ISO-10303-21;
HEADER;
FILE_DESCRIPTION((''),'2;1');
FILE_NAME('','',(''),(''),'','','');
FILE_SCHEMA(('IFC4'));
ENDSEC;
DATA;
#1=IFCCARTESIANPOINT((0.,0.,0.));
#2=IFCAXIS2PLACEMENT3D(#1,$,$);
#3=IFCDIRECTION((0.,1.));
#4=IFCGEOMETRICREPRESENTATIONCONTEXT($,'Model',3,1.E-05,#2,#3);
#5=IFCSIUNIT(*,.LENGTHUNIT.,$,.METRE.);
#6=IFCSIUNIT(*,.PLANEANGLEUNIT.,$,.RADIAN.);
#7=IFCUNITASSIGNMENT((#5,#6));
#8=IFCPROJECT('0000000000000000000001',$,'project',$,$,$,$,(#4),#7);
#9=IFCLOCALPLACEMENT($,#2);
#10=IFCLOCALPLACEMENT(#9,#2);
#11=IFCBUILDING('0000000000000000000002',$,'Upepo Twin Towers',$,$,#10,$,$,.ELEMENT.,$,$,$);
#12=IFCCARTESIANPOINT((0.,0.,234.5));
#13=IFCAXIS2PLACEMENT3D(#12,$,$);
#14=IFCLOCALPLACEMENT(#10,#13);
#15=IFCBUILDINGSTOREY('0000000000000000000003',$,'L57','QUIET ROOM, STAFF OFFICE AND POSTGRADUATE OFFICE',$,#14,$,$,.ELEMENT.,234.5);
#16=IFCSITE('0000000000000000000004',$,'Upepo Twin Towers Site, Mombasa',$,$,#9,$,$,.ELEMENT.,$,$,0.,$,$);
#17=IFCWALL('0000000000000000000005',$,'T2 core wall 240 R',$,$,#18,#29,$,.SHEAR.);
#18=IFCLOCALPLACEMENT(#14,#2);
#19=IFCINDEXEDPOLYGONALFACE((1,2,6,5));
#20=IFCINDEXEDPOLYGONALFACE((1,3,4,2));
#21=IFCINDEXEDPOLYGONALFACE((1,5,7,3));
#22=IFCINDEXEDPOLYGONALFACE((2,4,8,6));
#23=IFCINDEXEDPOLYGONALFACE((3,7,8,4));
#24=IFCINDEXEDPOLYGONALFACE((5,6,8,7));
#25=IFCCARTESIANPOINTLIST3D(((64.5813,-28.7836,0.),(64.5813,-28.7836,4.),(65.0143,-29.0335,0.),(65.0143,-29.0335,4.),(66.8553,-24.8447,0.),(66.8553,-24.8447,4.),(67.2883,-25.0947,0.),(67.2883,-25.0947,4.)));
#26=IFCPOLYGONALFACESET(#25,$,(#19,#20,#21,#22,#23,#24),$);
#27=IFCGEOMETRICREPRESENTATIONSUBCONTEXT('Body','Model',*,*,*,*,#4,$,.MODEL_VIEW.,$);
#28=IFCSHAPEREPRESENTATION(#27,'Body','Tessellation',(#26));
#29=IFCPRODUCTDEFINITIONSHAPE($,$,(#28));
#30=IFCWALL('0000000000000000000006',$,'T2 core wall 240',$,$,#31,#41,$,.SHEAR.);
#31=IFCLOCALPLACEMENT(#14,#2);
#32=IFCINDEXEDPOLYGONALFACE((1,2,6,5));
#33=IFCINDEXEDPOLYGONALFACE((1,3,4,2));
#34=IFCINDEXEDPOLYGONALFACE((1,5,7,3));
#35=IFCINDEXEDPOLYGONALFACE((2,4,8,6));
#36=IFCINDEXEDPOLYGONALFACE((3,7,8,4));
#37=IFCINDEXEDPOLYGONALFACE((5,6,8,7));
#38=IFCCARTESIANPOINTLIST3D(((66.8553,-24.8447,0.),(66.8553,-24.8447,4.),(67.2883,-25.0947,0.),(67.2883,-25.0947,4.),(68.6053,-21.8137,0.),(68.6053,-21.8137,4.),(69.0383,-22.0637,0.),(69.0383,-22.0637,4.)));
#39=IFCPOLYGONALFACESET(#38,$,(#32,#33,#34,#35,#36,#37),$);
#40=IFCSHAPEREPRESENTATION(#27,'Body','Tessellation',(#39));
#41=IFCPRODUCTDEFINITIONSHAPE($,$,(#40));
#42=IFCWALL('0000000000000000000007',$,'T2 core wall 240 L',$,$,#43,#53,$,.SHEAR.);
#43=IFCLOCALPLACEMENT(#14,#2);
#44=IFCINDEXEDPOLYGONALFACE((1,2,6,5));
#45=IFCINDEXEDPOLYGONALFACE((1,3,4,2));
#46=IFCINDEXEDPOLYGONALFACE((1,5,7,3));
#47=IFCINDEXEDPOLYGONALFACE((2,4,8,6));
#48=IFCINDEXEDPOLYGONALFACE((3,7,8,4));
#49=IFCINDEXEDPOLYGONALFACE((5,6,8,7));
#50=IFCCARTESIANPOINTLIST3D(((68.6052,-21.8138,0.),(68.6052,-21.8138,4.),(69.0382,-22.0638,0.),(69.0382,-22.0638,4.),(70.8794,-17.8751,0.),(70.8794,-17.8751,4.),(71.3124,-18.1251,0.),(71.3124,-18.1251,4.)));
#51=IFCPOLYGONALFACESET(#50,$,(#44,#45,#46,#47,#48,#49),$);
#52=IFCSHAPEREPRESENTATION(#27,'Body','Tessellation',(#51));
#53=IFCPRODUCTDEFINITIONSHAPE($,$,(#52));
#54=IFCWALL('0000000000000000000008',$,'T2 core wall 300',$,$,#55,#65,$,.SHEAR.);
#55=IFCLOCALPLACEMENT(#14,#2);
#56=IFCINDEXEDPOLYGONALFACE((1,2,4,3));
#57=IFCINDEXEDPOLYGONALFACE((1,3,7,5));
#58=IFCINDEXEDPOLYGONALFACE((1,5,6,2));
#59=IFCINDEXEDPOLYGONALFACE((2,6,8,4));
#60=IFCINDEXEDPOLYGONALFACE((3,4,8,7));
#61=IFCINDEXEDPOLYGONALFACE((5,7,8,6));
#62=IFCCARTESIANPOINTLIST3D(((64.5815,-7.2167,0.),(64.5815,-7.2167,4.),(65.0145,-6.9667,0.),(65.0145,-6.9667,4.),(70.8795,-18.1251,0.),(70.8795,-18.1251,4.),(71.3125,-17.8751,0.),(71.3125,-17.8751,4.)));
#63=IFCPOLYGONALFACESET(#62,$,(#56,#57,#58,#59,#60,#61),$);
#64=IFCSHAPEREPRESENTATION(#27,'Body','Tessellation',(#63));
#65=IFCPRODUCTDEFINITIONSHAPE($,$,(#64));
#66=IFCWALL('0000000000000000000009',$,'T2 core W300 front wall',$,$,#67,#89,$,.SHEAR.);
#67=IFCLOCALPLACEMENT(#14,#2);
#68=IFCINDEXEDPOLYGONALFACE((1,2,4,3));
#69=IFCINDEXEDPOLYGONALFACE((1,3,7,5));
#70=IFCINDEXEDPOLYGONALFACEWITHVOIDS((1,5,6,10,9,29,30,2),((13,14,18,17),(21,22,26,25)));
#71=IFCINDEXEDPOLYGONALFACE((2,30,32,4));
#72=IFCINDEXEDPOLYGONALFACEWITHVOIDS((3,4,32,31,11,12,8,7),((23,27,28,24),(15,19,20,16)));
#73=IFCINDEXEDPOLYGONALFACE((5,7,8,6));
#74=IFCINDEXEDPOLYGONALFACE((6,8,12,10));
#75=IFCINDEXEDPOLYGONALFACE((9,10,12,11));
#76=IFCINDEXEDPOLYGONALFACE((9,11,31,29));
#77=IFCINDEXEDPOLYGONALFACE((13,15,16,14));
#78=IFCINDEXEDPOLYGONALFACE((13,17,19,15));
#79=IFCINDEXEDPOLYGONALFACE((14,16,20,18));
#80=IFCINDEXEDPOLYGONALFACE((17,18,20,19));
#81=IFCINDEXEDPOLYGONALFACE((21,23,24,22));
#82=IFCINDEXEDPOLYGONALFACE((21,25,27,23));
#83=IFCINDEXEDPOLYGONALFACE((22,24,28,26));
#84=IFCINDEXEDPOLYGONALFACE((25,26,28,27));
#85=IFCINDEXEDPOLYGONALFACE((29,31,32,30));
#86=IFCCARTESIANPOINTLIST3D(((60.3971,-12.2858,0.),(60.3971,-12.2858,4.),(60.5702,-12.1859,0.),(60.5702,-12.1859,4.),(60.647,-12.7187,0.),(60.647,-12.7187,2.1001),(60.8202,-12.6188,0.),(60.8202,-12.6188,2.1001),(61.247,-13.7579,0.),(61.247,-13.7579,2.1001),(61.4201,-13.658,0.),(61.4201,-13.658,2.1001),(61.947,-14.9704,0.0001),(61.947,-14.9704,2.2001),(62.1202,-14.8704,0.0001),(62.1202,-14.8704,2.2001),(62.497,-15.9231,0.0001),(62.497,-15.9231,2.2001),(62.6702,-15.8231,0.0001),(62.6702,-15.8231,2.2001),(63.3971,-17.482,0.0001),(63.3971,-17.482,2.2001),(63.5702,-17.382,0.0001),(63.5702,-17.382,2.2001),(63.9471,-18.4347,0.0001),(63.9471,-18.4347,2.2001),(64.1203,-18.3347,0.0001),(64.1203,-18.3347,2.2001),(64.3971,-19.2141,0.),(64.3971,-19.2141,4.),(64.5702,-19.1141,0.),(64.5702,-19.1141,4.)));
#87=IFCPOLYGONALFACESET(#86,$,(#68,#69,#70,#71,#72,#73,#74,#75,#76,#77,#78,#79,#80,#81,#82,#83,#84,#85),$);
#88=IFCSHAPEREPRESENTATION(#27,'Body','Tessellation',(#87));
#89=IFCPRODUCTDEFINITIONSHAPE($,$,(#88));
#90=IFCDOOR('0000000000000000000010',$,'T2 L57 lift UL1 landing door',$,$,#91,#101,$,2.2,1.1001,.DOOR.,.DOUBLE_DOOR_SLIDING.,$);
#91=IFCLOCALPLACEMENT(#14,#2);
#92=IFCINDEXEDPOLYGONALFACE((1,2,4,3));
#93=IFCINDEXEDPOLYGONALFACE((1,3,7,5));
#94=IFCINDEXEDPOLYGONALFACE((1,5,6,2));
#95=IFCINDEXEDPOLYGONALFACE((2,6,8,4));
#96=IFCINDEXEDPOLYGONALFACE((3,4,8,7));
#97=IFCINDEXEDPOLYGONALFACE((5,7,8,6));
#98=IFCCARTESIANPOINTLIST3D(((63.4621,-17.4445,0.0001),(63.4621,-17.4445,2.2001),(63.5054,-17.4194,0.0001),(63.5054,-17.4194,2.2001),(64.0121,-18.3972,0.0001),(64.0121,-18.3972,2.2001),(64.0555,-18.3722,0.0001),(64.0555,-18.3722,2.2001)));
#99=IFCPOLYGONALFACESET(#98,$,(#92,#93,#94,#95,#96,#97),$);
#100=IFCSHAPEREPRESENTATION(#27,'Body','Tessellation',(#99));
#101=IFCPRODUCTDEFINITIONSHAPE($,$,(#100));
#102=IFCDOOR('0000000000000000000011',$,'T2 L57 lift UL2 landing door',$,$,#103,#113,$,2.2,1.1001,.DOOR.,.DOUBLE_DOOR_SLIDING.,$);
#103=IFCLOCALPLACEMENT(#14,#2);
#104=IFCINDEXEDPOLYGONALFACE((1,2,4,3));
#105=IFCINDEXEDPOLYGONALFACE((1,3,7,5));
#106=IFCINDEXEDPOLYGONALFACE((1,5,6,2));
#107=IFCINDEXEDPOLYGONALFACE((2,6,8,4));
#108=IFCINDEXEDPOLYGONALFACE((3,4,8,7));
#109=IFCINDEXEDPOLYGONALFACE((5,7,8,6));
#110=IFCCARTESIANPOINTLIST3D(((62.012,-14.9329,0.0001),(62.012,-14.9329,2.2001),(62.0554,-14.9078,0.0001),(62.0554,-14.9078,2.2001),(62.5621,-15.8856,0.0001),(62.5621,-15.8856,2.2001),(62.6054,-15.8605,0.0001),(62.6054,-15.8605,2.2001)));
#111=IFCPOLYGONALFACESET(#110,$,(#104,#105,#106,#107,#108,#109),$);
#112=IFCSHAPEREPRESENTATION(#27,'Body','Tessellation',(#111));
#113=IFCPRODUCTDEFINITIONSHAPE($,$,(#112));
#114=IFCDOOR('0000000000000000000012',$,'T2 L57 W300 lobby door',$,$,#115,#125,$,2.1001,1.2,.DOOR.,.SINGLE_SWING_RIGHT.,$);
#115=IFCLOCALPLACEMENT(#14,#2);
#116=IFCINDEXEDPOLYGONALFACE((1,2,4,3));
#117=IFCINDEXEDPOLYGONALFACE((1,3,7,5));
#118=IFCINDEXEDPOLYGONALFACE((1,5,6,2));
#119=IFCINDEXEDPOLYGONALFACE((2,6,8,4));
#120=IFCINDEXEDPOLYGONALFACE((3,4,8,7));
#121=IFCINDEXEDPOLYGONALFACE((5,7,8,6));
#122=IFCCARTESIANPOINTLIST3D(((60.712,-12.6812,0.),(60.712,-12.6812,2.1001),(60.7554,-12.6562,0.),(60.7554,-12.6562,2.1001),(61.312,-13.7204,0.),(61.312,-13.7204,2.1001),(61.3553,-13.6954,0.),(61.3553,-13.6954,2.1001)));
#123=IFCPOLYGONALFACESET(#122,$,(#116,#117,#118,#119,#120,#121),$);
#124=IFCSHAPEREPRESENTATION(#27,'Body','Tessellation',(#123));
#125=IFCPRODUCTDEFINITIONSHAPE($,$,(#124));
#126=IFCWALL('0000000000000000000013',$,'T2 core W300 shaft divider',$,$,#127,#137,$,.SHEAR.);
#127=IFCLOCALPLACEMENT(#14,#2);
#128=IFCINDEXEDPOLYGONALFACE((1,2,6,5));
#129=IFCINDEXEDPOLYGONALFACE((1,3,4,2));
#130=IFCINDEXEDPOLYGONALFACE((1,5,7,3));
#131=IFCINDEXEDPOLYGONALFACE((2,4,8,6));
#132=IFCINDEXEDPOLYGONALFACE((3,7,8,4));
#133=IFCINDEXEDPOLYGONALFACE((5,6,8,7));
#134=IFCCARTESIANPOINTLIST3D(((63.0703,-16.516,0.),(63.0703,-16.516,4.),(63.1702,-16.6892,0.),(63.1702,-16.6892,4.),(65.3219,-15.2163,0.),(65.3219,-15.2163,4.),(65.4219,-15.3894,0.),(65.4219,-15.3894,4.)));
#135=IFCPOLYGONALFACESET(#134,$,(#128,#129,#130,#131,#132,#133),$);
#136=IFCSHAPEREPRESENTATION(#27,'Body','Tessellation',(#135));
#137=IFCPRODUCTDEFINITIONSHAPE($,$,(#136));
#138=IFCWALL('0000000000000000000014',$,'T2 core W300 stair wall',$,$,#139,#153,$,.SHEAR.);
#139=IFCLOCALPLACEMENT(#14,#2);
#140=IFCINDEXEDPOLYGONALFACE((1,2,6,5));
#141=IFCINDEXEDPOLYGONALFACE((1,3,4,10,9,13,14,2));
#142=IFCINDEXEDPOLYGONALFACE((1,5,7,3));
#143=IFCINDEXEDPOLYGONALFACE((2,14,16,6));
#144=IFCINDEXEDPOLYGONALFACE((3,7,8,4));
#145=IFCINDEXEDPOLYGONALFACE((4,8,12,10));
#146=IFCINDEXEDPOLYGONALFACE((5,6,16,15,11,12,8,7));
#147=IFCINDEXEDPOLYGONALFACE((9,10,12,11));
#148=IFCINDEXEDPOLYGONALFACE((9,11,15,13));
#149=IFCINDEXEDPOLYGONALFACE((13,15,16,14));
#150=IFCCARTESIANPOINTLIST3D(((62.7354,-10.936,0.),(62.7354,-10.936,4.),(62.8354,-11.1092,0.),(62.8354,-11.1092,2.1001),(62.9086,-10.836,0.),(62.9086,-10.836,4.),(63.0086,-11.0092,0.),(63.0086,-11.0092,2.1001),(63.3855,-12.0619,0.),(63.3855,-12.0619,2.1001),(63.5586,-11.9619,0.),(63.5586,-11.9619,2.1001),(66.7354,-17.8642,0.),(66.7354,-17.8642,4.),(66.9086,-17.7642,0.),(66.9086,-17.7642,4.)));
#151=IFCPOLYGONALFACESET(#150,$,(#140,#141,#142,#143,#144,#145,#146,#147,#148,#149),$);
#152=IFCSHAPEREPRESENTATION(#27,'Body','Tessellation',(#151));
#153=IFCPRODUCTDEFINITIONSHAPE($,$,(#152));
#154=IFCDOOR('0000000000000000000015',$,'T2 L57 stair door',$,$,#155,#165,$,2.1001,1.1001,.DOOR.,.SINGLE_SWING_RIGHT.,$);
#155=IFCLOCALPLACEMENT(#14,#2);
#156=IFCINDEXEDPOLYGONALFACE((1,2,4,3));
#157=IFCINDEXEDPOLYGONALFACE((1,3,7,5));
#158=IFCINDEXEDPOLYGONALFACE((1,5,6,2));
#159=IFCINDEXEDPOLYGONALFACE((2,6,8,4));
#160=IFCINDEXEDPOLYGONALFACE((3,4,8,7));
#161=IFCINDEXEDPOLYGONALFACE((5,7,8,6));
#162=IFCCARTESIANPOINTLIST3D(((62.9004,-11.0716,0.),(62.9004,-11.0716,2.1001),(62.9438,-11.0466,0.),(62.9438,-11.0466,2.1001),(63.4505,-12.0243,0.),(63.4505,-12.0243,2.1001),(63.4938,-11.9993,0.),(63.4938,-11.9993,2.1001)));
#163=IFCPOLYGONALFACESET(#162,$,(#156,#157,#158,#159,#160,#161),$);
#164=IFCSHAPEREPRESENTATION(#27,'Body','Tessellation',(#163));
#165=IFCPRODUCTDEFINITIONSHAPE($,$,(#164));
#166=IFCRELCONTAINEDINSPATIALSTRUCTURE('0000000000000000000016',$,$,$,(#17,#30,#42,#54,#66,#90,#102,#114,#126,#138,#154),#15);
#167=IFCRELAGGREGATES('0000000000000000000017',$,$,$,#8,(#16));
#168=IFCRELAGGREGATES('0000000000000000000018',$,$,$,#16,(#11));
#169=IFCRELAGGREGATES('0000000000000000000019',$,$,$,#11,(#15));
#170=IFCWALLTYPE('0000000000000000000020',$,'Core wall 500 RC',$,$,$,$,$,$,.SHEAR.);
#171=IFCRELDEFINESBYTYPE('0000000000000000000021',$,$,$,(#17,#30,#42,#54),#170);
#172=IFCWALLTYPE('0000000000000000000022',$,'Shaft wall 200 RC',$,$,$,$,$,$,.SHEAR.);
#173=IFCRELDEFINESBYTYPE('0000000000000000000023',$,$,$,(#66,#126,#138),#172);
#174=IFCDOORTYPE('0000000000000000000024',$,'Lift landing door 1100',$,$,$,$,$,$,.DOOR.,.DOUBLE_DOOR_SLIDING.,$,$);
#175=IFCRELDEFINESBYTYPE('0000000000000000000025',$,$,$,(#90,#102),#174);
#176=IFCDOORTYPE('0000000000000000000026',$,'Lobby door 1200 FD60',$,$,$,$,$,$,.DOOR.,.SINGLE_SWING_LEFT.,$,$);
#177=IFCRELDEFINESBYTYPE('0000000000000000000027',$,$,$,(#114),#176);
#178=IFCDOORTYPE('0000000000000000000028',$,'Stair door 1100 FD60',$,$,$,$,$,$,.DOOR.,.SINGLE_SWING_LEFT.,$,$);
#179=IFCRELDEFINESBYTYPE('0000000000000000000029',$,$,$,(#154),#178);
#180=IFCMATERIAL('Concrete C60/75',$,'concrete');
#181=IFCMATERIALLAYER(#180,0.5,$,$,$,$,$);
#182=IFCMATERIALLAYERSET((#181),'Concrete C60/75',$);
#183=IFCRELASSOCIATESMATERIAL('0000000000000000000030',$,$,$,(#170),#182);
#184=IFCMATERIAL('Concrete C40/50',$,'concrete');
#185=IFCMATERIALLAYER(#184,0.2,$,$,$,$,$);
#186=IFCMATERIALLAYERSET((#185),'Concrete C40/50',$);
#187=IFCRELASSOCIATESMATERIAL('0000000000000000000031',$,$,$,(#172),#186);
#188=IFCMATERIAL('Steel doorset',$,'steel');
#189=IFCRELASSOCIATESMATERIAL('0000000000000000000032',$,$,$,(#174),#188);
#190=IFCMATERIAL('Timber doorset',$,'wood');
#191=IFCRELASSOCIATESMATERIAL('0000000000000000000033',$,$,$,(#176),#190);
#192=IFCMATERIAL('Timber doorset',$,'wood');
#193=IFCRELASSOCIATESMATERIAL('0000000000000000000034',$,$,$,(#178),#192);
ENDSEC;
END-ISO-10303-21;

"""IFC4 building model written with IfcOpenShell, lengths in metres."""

from ifc_helpers import new_model, si_unit, direction, frame, frame_2d, origin, place, context, subcontext, project, spatial, rectangle, extrude, material, layer, layer_set, type_object, element, fill, save


model = new_model("IFC4")

# Units and contexts
model_context = context("Model", 3, precision=1e-05, world=origin(), true_north=direction((0.0, 1.0)))
body_context = subcontext(model_context, "Body", "Model", "MODEL_VIEW")
ifc_project = project(units=[si_unit("LENGTHUNIT", "METRE"), si_unit("PLANEANGLEUNIT", "RADIAN")], contexts=[model_context])

# Site, building, storey
site_placement = place(None, origin())
site = spatial("IfcSite", under=ifc_project, at=site_placement, Name="Upepo Twin Towers Site, Mombasa", CompositionType="ELEMENT", RefElevation=0.0)
building_placement = place(site_placement, origin())
building = spatial("IfcBuilding", under=site, at=building_placement, Name="Upepo Twin Towers", CompositionType="ELEMENT")
storey_placement = place(building_placement, frame((0.0, 0.0, 234.5)))
storey = spatial("IfcBuildingStorey", under=building, at=storey_placement, Name="L57", Description="QUIET ROOM, STAFF OFFICE AND POSTGRADUATE OFFICE", CompositionType="ELEMENT", Elevation=234.5)

# Walls
ifc_material_1 = material(Name="Concrete C60/75", Category="concrete")
ifc_layer_1 = layer(ifc_material_1, 0.5)
ifc_layer_set_1 = layer_set([ifc_layer_1], Name="Concrete C60/75")
wall_type_1 = type_object("IfcWallType", Name="Core wall 500 RC", PredefinedType="SHEAR", material=ifc_layer_set_1)
wall_1_placement = place(storey_placement, frame((64.7979, -28.9084, 0.0), z_axis=(0.0, 0.0, 1.0), x_axis=(0.499984, 0.866035, 0.0)))
element("IfcWall", 1, at=wall_1_placement, inside=storey, type_object=wall_type_1, Name="T2 core wall 240 R", PredefinedType="SHEAR", context=body_context, shape_type="SweptSolid", body=[
    extrude(rectangle(XDim=4.5481, YDim=0.5, at=frame_2d((2.2739, 0.0))), origin(), (0.0, 0.0, 1.0), 4.0),
])
wall_2_placement = place(storey_placement, frame((67.0718, -24.9697, 0.0), z_axis=(0.0, 0.0, 1.0), x_axis=(0.50001, 0.866019, 0.0)))
element("IfcWall", 2, at=wall_2_placement, inside=storey, type_object=wall_type_1, Name="T2 core wall 240", PredefinedType="SHEAR", context=body_context, shape_type="SweptSolid", body=[
    extrude(rectangle(XDim=3.5, YDim=0.5, at=frame_2d((1.75, 0.0))), origin(), (0.0, 0.0, 1.0), 4.0),
])
wall_3_placement = place(storey_placement, frame((68.8218, -21.9387, 0.0), z_axis=(0.0, 0.0, 1.0), x_axis=(0.500024, 0.866011, 0.0)))
element("IfcWall", 3, at=wall_3_placement, inside=storey, type_object=wall_type_1, Name="T2 core wall 240 L", PredefinedType="SHEAR", context=body_context, shape_type="SweptSolid", body=[
    extrude(rectangle(XDim=4.5481, YDim=0.5, at=frame_2d((2.2739, 0.0))), origin(), (0.0, 0.0, 1.0), 4.0),
])
wall_4_placement = place(storey_placement, frame((71.0959, -18.0, 0.0), z_axis=(0.0, 0.0, 1.0), x_axis=(-0.500006, 0.866022, 0.0)))
element("IfcWall", 4, at=wall_4_placement, inside=storey, type_object=wall_type_1, Name="T2 core wall 300", PredefinedType="SHEAR", context=body_context, shape_type="SweptSolid", body=[
    extrude(rectangle(XDim=12.5959, YDim=0.5, at=frame_2d((6.2979, 0.0))), origin(), (0.0, 0.0, 1.0), 4.0),
])

# Wall, openings, doors
ifc_material_2 = material(Name="Concrete C40/50", Category="concrete")
ifc_layer_2 = layer(ifc_material_2, 0.2)
ifc_layer_set_2 = layer_set([ifc_layer_2], Name="Concrete C40/50")
wall_type_2 = type_object("IfcWallType", Name="Shaft wall 200 RC", PredefinedType="SHEAR", material=ifc_layer_set_2)
wall_5_placement = place(storey_placement, frame((64.4836, -19.1641, 0.0), z_axis=(0.0, 0.0, 1.0), x_axis=(-0.499999, 0.866026, 0.0)))
wall_5 = element("IfcWall", 5, at=wall_5_placement, inside=storey, type_object=wall_type_2, Name="T2 core W300 front wall", PredefinedType="SHEAR", context=body_context, shape_type="SweptSolid", body=[
    extrude(rectangle(XDim=8.0, YDim=0.2, at=frame_2d((4.0, 0.0))), origin(), (0.0, 0.0, 1.0), 4.0),
])
opening_1_placement = place(wall_5_placement, frame((6.3, 0.0, 0.0)))
opening_1 = element("IfcOpeningElement", 6, at=opening_1_placement, cuts=wall_5, PredefinedType="OPENING", context=body_context, shape_type="SweptSolid", body=[
    extrude(rectangle(XDim=1.2, YDim=2.1001, at=frame_2d((0.6001, 1.05))), frame((0.0, 0.1099, 0.0), z_axis=(0.0, -1.0, 0.0), x_axis=(1.0, 0.0, 0.0)), (0.0, 0.0, 1.0), 0.22),
])
opening_2_placement = place(wall_5_placement, frame((0.8999, 0.0, 0.0)))
opening_2 = element("IfcOpeningElement", 7, at=opening_2_placement, cuts=wall_5, PredefinedType="OPENING", context=body_context, shape_type="SweptSolid", body=[
    extrude(rectangle(XDim=1.1001, YDim=2.2, at=frame_2d((0.55, 1.1001))), frame((0.0, 0.1099, 0.0), z_axis=(0.0, -1.0, 0.0), x_axis=(1.0, 0.0, 0.0)), (0.0, 0.0, 1.0), 0.22),
])
opening_3_placement = place(wall_5_placement, frame((3.8, 0.0, 0.0)))
opening_3 = element("IfcOpeningElement", 8, at=opening_3_placement, cuts=wall_5, PredefinedType="OPENING", context=body_context, shape_type="SweptSolid", body=[
    extrude(rectangle(XDim=1.1001, YDim=2.2, at=frame_2d((0.55, 1.1001))), frame((0.0, 0.1099, 0.0), z_axis=(0.0, -1.0, 0.0), x_axis=(1.0, 0.0, 0.0)), (0.0, 0.0, 1.0), 0.22),
])
ifc_material_3 = material(Name="Steel doorset", Category="steel")
door_type_1 = type_object("IfcDoorType", Name="Lift landing door 1100", OperationType="DOUBLE_DOOR_SLIDING", PredefinedType="DOOR", material=ifc_material_3)
door_1_placement = place(opening_2_placement, origin())
door_1 = element("IfcDoor", 9, at=door_1_placement, inside=storey, type_object=door_type_1, Name="T2 L57 lift UL1 landing door", OperationType="DOUBLE_DOOR_SLIDING", OverallHeight=2.2, OverallWidth=1.1001, PredefinedType="DOOR", context=body_context, shape_type="SweptSolid", body=[
    extrude(rectangle(XDim=1.1001, YDim=2.2, at=frame_2d((0.55, 1.1001))), frame((0.0, 0.0249, 0.0), z_axis=(0.0, -1.0, 0.0), x_axis=(1.0, 0.0, 0.0)), (0.0, 0.0, 1.0), 0.05),
])
fill(opening_2, door_1)
door_2_placement = place(opening_3_placement, origin())
door_2 = element("IfcDoor", 10, at=door_2_placement, inside=storey, type_object=door_type_1, Name="T2 L57 lift UL2 landing door", OperationType="DOUBLE_DOOR_SLIDING", OverallHeight=2.2, OverallWidth=1.1001, PredefinedType="DOOR", context=body_context, shape_type="SweptSolid", body=[
    extrude(rectangle(XDim=1.1001, YDim=2.2, at=frame_2d((0.55, 1.1001))), frame((0.0, 0.0249, 0.0), z_axis=(0.0, -1.0, 0.0), x_axis=(1.0, 0.0, 0.0)), (0.0, 0.0, 1.0), 0.05),
])
fill(opening_3, door_2)
ifc_material_4 = material(Name="Timber doorset", Category="wood")
door_type_2 = type_object("IfcDoorType", Name="Lobby door 1200 FD60", OperationType="SINGLE_SWING_LEFT", PredefinedType="DOOR", material=ifc_material_4)
door_3_placement = place(opening_1_placement, origin())
door_3 = element("IfcDoor", 11, at=door_3_placement, inside=storey, type_object=door_type_2, Name="T2 L57 W300 lobby door", OperationType="SINGLE_SWING_RIGHT", OverallHeight=2.1001, OverallWidth=1.2, PredefinedType="DOOR", context=body_context, shape_type="SweptSolid", body=[
    extrude(rectangle(XDim=1.2, YDim=2.1001, at=frame_2d((0.6001, 1.05))), frame((0.0, 0.0249, 0.0), z_axis=(0.0, -1.0, 0.0), x_axis=(1.0, 0.0, 0.0)), (0.0, 0.0, 1.0), 0.05),
])
fill(opening_1, door_3)

# Wall
wall_6_placement = place(storey_placement, frame((63.1204, -16.6025, 0.0), z_axis=(0.0, 0.0, 1.0), x_axis=(0.866062, 0.499937, 0.0)))
element("IfcWall", 12, at=wall_6_placement, inside=storey, type_object=wall_type_2, Name="T2 core W300 shaft divider", PredefinedType="SHEAR", context=body_context, shape_type="SweptSolid", body=[
    extrude(rectangle(XDim=2.5999, YDim=0.2, at=frame_2d((1.2998, 0.0))), origin(), (0.0, 0.0, 1.0), 4.0),
])

# Wall, opening, door
wall_7_placement = place(storey_placement, frame((66.822, -17.8142, 0.0), z_axis=(0.0, 0.0, 1.0), x_axis=(-0.499999, 0.866026, 0.0)))
wall_7 = element("IfcWall", 13, at=wall_7_placement, inside=storey, type_object=wall_type_2, Name="T2 core W300 stair wall", PredefinedType="SHEAR", context=body_context, shape_type="SweptSolid", body=[
    extrude(rectangle(XDim=8.0, YDim=0.2, at=frame_2d((4.0, 0.0))), origin(), (0.0, 0.0, 1.0), 4.0),
])
opening_4_placement = place(wall_7_placement, frame((6.7, 0.0, 0.0)))
opening_4 = element("IfcOpeningElement", 14, at=opening_4_placement, cuts=wall_7, PredefinedType="OPENING", context=body_context, shape_type="SweptSolid", body=[
    extrude(rectangle(XDim=1.1001, YDim=2.1001, at=frame_2d((0.55, 1.05))), frame((0.0, 0.1099, 0.0), z_axis=(0.0, -1.0, 0.0), x_axis=(1.0, 0.0, 0.0)), (0.0, 0.0, 1.0), 0.22),
])
ifc_material_5 = material(Name="Timber doorset", Category="wood")
door_type_3 = type_object("IfcDoorType", Name="Stair door 1100 FD60", OperationType="SINGLE_SWING_LEFT", PredefinedType="DOOR", material=ifc_material_5)
door_4_placement = place(opening_4_placement, origin())
door_4 = element("IfcDoor", 15, at=door_4_placement, inside=storey, type_object=door_type_3, Name="T2 L57 stair door", OperationType="SINGLE_SWING_RIGHT", OverallHeight=2.1001, OverallWidth=1.1001, PredefinedType="DOOR", context=body_context, shape_type="SweptSolid", body=[
    extrude(rectangle(XDim=1.1001, YDim=2.1001, at=frame_2d((0.55, 1.05))), frame((0.0, 0.0249, 0.0), z_axis=(0.0, -1.0, 0.0), x_axis=(1.0, 0.0, 0.0)), (0.0, 0.0, 1.0), 0.05),
])
fill(opening_4, door_4)

save(model, "model.ifc")
